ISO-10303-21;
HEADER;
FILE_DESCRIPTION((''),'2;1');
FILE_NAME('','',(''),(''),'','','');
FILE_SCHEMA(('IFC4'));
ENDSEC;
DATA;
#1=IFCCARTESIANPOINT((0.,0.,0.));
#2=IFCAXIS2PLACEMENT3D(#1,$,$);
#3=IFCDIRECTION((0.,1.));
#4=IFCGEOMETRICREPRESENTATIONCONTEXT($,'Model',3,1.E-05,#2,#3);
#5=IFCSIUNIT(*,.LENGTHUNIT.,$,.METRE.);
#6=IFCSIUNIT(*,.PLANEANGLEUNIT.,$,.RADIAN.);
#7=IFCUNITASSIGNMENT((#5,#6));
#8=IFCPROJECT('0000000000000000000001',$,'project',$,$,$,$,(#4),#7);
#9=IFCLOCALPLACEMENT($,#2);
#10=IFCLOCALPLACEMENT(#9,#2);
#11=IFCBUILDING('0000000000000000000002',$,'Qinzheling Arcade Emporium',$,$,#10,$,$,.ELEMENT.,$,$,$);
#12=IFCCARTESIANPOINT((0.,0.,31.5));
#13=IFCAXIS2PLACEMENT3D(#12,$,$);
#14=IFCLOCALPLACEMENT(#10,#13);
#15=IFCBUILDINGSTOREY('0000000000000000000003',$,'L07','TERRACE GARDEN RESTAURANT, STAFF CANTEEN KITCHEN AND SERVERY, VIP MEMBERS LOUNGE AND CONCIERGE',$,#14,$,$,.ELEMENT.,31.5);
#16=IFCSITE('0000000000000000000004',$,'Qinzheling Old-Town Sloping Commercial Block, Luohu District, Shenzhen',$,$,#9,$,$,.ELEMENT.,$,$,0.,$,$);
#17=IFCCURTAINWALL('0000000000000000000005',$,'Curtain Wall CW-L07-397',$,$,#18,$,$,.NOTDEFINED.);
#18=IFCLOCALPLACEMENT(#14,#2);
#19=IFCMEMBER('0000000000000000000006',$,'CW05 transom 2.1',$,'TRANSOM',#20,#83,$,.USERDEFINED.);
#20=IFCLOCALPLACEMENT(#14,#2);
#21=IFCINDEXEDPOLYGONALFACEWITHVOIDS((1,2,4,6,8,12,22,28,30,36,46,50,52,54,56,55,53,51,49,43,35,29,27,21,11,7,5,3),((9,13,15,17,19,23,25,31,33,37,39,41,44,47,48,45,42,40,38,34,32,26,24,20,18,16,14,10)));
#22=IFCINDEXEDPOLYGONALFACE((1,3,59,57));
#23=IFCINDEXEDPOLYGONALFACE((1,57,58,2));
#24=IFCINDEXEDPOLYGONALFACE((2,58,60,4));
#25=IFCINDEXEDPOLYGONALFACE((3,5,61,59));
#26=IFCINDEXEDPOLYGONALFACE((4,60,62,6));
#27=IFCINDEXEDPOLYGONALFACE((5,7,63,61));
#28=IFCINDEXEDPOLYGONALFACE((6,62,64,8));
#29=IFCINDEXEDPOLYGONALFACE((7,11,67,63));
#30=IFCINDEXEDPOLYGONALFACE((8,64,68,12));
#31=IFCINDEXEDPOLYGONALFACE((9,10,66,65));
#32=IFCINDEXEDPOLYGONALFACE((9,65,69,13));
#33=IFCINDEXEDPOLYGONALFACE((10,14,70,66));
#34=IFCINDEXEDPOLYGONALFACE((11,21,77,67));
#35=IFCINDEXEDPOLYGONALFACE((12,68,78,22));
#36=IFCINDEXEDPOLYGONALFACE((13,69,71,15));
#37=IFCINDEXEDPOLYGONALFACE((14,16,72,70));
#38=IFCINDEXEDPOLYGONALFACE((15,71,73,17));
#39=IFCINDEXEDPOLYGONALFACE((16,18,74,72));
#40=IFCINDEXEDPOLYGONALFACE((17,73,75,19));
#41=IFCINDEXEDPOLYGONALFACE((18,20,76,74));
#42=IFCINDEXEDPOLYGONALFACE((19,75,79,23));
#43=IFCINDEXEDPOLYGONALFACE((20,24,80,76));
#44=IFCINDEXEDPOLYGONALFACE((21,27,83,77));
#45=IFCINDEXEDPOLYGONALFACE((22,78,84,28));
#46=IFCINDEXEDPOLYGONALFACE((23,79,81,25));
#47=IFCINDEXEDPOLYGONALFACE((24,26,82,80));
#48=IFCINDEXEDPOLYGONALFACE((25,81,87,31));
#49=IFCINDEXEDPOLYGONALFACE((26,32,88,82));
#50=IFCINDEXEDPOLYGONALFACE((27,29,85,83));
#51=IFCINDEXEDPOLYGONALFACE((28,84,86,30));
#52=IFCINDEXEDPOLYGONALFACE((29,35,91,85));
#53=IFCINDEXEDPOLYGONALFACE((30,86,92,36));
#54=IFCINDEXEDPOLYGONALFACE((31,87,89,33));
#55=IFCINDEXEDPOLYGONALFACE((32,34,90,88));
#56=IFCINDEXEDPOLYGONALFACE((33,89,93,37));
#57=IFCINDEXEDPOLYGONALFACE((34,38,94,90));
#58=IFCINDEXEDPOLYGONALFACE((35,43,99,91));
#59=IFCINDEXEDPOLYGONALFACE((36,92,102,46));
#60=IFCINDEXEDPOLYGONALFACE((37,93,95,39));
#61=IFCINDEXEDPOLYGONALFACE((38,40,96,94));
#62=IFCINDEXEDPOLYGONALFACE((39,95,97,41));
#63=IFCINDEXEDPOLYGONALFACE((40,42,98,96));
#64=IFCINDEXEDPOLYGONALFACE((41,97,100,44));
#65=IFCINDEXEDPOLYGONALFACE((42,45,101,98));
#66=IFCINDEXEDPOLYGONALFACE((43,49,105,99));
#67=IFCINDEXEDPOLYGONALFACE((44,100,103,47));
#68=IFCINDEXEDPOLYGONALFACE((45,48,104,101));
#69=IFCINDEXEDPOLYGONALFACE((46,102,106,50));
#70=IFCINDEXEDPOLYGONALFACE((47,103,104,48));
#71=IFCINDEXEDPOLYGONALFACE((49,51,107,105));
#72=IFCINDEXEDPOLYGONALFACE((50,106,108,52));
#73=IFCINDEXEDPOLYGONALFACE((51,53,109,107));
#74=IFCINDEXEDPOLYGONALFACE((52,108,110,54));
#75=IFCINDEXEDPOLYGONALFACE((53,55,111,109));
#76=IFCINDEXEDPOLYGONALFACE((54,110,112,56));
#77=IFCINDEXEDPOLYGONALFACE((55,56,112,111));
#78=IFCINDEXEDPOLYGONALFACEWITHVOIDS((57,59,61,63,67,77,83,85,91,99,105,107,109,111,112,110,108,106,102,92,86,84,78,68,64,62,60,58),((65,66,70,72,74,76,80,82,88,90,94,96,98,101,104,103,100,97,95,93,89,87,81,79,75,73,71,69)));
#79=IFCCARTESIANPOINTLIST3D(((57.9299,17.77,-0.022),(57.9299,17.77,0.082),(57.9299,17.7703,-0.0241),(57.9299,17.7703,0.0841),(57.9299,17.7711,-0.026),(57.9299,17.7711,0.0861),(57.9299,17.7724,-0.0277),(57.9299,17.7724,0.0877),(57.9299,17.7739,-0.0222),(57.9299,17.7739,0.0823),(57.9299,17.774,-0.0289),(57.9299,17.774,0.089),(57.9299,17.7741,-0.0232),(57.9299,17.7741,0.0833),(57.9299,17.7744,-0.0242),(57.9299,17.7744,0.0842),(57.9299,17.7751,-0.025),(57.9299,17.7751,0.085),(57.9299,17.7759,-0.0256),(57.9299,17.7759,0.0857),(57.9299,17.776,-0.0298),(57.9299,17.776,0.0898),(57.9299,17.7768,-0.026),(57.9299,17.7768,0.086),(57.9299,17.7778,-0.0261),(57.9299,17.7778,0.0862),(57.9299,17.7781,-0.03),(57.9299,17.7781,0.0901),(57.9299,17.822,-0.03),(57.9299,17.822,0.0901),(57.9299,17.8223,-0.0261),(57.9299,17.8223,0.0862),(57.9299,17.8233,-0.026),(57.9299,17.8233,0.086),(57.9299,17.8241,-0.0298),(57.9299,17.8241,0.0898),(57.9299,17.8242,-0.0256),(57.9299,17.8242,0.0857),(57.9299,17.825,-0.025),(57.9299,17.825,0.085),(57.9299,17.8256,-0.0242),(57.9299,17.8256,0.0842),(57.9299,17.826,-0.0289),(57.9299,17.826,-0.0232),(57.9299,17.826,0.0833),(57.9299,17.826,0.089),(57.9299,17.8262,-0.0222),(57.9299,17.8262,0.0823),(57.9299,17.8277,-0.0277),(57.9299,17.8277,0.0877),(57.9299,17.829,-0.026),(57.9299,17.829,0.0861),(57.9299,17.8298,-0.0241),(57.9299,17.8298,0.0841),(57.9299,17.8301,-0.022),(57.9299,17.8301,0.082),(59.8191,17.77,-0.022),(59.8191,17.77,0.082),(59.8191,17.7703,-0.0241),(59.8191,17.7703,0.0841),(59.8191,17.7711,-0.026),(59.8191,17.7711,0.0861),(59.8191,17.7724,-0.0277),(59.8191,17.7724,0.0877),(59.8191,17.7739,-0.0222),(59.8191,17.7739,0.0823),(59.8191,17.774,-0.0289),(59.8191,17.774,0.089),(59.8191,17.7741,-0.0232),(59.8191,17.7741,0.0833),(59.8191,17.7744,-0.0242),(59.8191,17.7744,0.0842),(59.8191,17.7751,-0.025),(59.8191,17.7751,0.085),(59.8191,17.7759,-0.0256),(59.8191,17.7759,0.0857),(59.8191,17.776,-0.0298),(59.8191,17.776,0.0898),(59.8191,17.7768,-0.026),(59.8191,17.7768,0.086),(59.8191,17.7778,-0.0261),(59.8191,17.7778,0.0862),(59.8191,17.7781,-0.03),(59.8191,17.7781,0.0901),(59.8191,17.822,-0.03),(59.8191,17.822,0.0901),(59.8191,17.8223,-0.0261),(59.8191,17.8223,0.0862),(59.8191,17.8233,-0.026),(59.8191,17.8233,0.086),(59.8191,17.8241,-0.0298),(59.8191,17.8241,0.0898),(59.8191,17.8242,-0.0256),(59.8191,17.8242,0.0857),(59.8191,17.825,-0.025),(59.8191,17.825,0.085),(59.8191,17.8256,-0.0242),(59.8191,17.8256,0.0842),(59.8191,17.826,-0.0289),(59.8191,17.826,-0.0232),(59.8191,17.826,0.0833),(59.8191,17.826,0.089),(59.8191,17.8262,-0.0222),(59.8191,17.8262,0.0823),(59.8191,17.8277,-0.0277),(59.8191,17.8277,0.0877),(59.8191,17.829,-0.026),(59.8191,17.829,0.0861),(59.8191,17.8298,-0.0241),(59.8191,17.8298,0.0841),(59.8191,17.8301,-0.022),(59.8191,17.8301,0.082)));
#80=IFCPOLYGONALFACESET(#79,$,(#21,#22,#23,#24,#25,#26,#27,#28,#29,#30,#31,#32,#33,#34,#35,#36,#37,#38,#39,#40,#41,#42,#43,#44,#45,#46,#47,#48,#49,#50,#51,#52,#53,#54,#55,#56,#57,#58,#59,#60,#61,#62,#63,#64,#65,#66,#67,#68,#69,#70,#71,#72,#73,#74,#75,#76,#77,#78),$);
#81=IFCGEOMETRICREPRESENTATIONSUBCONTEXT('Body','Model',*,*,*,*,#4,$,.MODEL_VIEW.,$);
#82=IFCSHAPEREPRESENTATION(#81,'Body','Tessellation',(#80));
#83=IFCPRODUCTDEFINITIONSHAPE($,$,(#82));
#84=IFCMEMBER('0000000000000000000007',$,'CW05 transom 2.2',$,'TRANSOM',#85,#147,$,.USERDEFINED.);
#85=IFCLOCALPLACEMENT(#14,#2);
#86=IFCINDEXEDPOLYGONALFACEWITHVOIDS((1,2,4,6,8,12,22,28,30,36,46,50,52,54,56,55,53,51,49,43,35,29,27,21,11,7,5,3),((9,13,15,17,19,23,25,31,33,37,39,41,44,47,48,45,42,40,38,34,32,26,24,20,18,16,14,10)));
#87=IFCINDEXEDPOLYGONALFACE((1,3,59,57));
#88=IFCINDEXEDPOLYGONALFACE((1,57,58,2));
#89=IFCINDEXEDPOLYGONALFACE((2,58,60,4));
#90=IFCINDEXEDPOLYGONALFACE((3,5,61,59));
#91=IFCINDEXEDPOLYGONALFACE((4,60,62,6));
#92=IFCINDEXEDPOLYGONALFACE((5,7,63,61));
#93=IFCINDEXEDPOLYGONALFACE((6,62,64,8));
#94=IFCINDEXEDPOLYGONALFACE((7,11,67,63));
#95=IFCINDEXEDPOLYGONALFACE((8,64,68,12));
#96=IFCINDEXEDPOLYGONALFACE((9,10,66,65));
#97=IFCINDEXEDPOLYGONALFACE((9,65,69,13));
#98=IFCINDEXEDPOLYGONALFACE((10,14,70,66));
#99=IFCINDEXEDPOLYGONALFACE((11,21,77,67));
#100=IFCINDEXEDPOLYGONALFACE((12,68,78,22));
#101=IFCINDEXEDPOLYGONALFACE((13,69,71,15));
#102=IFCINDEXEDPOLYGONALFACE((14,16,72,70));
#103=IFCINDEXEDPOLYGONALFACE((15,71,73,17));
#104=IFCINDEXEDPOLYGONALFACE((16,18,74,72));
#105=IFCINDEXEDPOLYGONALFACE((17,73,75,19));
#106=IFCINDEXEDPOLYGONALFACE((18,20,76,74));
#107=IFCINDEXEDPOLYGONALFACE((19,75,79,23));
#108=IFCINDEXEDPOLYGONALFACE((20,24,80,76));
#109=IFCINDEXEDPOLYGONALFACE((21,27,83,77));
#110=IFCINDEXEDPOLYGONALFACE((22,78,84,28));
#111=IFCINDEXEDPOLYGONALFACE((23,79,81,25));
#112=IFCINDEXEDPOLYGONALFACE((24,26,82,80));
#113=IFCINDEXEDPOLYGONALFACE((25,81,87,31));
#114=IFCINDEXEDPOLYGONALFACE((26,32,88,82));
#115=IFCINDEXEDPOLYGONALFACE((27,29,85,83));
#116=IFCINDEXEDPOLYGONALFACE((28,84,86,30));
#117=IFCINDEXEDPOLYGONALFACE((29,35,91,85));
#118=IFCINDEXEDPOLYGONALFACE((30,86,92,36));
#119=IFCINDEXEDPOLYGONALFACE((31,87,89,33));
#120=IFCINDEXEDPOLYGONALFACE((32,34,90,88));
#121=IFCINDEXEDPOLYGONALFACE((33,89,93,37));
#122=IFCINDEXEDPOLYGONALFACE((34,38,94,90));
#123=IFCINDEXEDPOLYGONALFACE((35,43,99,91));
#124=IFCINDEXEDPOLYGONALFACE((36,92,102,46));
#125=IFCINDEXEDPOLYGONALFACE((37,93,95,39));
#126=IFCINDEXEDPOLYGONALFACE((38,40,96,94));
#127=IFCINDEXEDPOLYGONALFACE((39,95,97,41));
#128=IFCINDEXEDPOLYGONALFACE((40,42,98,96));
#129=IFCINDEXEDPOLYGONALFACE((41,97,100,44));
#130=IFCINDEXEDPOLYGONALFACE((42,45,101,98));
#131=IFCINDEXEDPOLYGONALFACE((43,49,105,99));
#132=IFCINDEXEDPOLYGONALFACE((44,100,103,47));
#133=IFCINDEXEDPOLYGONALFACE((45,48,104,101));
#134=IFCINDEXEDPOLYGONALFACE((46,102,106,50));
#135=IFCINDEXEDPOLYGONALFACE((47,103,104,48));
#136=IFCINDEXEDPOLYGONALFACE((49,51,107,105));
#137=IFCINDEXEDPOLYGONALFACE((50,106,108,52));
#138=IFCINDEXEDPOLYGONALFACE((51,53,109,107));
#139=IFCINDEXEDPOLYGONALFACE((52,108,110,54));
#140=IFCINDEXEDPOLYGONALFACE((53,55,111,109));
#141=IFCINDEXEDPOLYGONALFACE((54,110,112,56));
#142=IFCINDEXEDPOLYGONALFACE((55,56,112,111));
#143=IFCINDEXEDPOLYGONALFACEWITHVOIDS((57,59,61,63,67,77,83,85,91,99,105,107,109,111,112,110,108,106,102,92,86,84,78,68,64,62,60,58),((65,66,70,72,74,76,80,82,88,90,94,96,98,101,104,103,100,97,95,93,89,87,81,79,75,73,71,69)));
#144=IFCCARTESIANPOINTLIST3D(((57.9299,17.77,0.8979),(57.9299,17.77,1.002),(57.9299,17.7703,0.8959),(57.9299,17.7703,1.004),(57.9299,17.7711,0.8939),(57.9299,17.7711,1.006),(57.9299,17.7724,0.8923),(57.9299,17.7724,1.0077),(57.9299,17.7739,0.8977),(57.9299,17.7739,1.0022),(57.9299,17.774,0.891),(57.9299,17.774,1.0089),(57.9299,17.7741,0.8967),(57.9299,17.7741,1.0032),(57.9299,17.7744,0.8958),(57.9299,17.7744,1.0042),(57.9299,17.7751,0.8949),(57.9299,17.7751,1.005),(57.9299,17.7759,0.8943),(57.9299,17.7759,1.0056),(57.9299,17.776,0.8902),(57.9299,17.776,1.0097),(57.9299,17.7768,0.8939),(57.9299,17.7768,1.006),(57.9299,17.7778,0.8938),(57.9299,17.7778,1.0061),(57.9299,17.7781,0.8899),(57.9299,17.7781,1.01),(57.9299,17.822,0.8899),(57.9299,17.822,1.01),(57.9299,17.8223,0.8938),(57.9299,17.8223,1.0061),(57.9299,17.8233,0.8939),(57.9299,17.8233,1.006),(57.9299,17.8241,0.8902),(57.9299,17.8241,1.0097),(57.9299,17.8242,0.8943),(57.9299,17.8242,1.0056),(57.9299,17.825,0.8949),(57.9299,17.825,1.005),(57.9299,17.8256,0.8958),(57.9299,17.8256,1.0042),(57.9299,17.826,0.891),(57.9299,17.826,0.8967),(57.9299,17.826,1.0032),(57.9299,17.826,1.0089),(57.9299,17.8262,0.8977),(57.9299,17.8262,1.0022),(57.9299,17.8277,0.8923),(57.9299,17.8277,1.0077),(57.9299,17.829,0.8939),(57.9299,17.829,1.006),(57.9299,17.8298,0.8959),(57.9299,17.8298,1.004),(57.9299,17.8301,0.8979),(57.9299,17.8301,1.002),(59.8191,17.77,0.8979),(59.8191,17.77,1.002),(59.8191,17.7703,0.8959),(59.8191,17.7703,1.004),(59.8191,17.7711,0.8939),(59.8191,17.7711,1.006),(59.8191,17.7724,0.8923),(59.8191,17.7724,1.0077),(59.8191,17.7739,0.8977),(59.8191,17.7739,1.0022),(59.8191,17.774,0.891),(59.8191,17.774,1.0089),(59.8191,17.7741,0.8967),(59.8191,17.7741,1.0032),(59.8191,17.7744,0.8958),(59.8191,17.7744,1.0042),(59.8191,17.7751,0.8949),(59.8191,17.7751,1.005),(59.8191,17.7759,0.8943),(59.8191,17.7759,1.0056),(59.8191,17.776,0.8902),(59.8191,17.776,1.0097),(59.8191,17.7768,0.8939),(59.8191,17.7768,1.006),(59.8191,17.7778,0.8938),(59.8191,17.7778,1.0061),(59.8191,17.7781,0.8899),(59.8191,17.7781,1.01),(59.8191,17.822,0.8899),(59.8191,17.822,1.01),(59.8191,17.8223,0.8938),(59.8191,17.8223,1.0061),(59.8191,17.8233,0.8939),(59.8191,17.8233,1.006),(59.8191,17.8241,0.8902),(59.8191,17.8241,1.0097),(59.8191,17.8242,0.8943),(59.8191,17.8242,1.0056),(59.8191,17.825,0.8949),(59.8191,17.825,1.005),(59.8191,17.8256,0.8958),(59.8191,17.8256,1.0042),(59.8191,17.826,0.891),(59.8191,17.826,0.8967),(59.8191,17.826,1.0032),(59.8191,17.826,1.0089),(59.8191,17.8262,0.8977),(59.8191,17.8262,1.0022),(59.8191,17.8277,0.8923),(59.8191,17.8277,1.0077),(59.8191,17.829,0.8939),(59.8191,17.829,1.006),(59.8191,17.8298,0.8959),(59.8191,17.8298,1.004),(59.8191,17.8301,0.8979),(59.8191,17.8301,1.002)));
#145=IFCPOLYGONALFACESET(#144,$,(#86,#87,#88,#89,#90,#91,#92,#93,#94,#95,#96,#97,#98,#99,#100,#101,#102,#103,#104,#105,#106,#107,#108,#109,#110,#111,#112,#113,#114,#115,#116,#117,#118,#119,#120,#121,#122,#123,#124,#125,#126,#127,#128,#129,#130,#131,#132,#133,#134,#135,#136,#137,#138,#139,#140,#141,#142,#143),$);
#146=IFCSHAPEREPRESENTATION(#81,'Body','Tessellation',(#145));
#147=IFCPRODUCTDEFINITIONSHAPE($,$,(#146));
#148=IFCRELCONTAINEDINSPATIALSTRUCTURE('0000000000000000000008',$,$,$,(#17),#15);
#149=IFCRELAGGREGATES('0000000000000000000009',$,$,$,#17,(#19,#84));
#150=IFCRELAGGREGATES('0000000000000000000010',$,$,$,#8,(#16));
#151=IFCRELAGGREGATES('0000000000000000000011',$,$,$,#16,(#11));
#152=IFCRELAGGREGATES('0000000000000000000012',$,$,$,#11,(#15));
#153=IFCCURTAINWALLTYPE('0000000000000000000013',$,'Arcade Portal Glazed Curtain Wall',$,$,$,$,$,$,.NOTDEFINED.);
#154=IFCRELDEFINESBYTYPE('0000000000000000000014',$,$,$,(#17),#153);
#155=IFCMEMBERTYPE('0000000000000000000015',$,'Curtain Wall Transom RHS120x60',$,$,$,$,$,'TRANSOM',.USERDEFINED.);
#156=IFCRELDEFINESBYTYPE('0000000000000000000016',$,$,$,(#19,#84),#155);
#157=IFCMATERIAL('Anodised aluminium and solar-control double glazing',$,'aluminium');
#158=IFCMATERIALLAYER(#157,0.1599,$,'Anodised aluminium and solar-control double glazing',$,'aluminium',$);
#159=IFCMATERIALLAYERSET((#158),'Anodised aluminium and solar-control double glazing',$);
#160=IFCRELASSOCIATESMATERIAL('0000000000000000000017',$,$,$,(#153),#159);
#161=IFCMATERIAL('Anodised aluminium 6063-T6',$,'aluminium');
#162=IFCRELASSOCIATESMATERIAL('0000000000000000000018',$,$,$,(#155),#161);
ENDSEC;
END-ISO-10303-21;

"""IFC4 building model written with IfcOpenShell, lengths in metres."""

from ifc_helpers import new_model, si_unit, direction, frame, origin, origin_2d, place, context, subcontext, project, spatial, hollow_rectangle, extrude, material, layer, layer_set, material_profile, profile_set, type_object, element, aggregate, save


model = new_model("IFC4")

# Units and contexts
model_context = context("Model", 3, precision=1e-05, world=origin(), true_north=direction((0.0, 1.0)))
body_context = subcontext(model_context, "Body", "Model", "MODEL_VIEW")
ifc_project = project(units=[si_unit("LENGTHUNIT", "METRE"), si_unit("PLANEANGLEUNIT", "RADIAN")], contexts=[model_context])

# Site, building, storey
site_placement = place(None, origin())
site = spatial("IfcSite", under=ifc_project, at=site_placement, Name="Qinzheling Old-Town Sloping Commercial Block, Luohu District, Shenzhen", CompositionType="ELEMENT", RefElevation=0.0)
building_placement = place(site_placement, origin())
building = spatial("IfcBuilding", under=site, at=building_placement, Name="Qinzheling Arcade Emporium", CompositionType="ELEMENT")
storey_placement = place(building_placement, frame((0.0, 0.0, 31.5)))
storey = spatial("IfcBuildingStorey", under=building, at=storey_placement, Name="L07", Description="TERRACE GARDEN RESTAURANT, STAFF CANTEEN KITCHEN AND SERVERY, VIP MEMBERS LOUNGE AND CONCIERGE", CompositionType="ELEMENT", Elevation=31.5)

# Curtain wall, members
ifc_material_1 = material(Name="Anodised aluminium and solar-control double glazing", Category="aluminium")
ifc_layer_1 = layer(ifc_material_1, 0.1599, Name="Anodised aluminium and solar-control double glazing", Category="aluminium")
ifc_layer_set_1 = layer_set([ifc_layer_1], Name="Anodised aluminium and solar-control double glazing")
curtain_wall_type = type_object("IfcCurtainWallType", Name="Arcade Portal Glazed Curtain Wall", PredefinedType="NOTDEFINED", material=ifc_layer_set_1)
curtain_wall_placement = place(storey_placement, origin())
curtain_wall = element("IfcCurtainWall", 1, at=curtain_wall_placement, inside=storey, type_object=curtain_wall_type, Name="Curtain Wall CW-L07-397", PredefinedType="NOTDEFINED")
ifc_material_2 = material(Name="Anodised aluminium 6063-T6", Category="aluminium")
ifc_material_profile_1 = material_profile(ifc_material_2, hollow_rectangle(XDim=0.0601, YDim=0.1201, WallThickness=0.0039, InnerFilletRadius=0.0039, OuterFilletRadius=0.0081, at=origin_2d()), Name="RHS 120x60x4", Category="aluminium")
ifc_profile_set_1 = profile_set([ifc_material_profile_1], Name="Anodised aluminium 6063-T6")
member_type_1 = type_object("IfcMemberType", Name="Curtain Wall Transom RHS120x60", ElementType="TRANSOM", PredefinedType="USERDEFINED", material=ifc_profile_set_1)
member_1_placement = place(storey_placement, frame((59.8191, 17.8, 0.03), z_axis=(-1.0, 0.0, 0.0), x_axis=(0.0, -1.0, 0.0)))
member_1 = element("IfcMember", 2, at=member_1_placement, type_object=member_type_1, Name="CW05 transom 2.1", ObjectType="TRANSOM", PredefinedType="USERDEFINED", context=body_context, shape_type="SweptSolid", body=[
    extrude(hollow_rectangle(XDim=0.0601, YDim=0.1201, WallThickness=0.0039, InnerFilletRadius=0.0039, OuterFilletRadius=0.0081, at=origin_2d()), origin(), (0.0, 0.0, 1.0), 1.8892),
])
member_2_placement = place(storey_placement, frame((59.8191, 17.8, 0.95), z_axis=(-1.0, 0.0, 0.0), x_axis=(0.0, -1.0, 0.0)))
member_2 = element("IfcMember", 3, at=member_2_placement, type_object=member_type_1, Name="CW05 transom 2.2", ObjectType="TRANSOM", PredefinedType="USERDEFINED", context=body_context, shape_type="SweptSolid", body=[
    extrude(hollow_rectangle(XDim=0.0601, YDim=0.1201, WallThickness=0.0039, InnerFilletRadius=0.0039, OuterFilletRadius=0.0081, at=origin_2d()), origin(), (0.0, 0.0, 1.0), 1.8892),
])

aggregate(curtain_wall, [member_1, member_2])

save(model, "model.ifc")
